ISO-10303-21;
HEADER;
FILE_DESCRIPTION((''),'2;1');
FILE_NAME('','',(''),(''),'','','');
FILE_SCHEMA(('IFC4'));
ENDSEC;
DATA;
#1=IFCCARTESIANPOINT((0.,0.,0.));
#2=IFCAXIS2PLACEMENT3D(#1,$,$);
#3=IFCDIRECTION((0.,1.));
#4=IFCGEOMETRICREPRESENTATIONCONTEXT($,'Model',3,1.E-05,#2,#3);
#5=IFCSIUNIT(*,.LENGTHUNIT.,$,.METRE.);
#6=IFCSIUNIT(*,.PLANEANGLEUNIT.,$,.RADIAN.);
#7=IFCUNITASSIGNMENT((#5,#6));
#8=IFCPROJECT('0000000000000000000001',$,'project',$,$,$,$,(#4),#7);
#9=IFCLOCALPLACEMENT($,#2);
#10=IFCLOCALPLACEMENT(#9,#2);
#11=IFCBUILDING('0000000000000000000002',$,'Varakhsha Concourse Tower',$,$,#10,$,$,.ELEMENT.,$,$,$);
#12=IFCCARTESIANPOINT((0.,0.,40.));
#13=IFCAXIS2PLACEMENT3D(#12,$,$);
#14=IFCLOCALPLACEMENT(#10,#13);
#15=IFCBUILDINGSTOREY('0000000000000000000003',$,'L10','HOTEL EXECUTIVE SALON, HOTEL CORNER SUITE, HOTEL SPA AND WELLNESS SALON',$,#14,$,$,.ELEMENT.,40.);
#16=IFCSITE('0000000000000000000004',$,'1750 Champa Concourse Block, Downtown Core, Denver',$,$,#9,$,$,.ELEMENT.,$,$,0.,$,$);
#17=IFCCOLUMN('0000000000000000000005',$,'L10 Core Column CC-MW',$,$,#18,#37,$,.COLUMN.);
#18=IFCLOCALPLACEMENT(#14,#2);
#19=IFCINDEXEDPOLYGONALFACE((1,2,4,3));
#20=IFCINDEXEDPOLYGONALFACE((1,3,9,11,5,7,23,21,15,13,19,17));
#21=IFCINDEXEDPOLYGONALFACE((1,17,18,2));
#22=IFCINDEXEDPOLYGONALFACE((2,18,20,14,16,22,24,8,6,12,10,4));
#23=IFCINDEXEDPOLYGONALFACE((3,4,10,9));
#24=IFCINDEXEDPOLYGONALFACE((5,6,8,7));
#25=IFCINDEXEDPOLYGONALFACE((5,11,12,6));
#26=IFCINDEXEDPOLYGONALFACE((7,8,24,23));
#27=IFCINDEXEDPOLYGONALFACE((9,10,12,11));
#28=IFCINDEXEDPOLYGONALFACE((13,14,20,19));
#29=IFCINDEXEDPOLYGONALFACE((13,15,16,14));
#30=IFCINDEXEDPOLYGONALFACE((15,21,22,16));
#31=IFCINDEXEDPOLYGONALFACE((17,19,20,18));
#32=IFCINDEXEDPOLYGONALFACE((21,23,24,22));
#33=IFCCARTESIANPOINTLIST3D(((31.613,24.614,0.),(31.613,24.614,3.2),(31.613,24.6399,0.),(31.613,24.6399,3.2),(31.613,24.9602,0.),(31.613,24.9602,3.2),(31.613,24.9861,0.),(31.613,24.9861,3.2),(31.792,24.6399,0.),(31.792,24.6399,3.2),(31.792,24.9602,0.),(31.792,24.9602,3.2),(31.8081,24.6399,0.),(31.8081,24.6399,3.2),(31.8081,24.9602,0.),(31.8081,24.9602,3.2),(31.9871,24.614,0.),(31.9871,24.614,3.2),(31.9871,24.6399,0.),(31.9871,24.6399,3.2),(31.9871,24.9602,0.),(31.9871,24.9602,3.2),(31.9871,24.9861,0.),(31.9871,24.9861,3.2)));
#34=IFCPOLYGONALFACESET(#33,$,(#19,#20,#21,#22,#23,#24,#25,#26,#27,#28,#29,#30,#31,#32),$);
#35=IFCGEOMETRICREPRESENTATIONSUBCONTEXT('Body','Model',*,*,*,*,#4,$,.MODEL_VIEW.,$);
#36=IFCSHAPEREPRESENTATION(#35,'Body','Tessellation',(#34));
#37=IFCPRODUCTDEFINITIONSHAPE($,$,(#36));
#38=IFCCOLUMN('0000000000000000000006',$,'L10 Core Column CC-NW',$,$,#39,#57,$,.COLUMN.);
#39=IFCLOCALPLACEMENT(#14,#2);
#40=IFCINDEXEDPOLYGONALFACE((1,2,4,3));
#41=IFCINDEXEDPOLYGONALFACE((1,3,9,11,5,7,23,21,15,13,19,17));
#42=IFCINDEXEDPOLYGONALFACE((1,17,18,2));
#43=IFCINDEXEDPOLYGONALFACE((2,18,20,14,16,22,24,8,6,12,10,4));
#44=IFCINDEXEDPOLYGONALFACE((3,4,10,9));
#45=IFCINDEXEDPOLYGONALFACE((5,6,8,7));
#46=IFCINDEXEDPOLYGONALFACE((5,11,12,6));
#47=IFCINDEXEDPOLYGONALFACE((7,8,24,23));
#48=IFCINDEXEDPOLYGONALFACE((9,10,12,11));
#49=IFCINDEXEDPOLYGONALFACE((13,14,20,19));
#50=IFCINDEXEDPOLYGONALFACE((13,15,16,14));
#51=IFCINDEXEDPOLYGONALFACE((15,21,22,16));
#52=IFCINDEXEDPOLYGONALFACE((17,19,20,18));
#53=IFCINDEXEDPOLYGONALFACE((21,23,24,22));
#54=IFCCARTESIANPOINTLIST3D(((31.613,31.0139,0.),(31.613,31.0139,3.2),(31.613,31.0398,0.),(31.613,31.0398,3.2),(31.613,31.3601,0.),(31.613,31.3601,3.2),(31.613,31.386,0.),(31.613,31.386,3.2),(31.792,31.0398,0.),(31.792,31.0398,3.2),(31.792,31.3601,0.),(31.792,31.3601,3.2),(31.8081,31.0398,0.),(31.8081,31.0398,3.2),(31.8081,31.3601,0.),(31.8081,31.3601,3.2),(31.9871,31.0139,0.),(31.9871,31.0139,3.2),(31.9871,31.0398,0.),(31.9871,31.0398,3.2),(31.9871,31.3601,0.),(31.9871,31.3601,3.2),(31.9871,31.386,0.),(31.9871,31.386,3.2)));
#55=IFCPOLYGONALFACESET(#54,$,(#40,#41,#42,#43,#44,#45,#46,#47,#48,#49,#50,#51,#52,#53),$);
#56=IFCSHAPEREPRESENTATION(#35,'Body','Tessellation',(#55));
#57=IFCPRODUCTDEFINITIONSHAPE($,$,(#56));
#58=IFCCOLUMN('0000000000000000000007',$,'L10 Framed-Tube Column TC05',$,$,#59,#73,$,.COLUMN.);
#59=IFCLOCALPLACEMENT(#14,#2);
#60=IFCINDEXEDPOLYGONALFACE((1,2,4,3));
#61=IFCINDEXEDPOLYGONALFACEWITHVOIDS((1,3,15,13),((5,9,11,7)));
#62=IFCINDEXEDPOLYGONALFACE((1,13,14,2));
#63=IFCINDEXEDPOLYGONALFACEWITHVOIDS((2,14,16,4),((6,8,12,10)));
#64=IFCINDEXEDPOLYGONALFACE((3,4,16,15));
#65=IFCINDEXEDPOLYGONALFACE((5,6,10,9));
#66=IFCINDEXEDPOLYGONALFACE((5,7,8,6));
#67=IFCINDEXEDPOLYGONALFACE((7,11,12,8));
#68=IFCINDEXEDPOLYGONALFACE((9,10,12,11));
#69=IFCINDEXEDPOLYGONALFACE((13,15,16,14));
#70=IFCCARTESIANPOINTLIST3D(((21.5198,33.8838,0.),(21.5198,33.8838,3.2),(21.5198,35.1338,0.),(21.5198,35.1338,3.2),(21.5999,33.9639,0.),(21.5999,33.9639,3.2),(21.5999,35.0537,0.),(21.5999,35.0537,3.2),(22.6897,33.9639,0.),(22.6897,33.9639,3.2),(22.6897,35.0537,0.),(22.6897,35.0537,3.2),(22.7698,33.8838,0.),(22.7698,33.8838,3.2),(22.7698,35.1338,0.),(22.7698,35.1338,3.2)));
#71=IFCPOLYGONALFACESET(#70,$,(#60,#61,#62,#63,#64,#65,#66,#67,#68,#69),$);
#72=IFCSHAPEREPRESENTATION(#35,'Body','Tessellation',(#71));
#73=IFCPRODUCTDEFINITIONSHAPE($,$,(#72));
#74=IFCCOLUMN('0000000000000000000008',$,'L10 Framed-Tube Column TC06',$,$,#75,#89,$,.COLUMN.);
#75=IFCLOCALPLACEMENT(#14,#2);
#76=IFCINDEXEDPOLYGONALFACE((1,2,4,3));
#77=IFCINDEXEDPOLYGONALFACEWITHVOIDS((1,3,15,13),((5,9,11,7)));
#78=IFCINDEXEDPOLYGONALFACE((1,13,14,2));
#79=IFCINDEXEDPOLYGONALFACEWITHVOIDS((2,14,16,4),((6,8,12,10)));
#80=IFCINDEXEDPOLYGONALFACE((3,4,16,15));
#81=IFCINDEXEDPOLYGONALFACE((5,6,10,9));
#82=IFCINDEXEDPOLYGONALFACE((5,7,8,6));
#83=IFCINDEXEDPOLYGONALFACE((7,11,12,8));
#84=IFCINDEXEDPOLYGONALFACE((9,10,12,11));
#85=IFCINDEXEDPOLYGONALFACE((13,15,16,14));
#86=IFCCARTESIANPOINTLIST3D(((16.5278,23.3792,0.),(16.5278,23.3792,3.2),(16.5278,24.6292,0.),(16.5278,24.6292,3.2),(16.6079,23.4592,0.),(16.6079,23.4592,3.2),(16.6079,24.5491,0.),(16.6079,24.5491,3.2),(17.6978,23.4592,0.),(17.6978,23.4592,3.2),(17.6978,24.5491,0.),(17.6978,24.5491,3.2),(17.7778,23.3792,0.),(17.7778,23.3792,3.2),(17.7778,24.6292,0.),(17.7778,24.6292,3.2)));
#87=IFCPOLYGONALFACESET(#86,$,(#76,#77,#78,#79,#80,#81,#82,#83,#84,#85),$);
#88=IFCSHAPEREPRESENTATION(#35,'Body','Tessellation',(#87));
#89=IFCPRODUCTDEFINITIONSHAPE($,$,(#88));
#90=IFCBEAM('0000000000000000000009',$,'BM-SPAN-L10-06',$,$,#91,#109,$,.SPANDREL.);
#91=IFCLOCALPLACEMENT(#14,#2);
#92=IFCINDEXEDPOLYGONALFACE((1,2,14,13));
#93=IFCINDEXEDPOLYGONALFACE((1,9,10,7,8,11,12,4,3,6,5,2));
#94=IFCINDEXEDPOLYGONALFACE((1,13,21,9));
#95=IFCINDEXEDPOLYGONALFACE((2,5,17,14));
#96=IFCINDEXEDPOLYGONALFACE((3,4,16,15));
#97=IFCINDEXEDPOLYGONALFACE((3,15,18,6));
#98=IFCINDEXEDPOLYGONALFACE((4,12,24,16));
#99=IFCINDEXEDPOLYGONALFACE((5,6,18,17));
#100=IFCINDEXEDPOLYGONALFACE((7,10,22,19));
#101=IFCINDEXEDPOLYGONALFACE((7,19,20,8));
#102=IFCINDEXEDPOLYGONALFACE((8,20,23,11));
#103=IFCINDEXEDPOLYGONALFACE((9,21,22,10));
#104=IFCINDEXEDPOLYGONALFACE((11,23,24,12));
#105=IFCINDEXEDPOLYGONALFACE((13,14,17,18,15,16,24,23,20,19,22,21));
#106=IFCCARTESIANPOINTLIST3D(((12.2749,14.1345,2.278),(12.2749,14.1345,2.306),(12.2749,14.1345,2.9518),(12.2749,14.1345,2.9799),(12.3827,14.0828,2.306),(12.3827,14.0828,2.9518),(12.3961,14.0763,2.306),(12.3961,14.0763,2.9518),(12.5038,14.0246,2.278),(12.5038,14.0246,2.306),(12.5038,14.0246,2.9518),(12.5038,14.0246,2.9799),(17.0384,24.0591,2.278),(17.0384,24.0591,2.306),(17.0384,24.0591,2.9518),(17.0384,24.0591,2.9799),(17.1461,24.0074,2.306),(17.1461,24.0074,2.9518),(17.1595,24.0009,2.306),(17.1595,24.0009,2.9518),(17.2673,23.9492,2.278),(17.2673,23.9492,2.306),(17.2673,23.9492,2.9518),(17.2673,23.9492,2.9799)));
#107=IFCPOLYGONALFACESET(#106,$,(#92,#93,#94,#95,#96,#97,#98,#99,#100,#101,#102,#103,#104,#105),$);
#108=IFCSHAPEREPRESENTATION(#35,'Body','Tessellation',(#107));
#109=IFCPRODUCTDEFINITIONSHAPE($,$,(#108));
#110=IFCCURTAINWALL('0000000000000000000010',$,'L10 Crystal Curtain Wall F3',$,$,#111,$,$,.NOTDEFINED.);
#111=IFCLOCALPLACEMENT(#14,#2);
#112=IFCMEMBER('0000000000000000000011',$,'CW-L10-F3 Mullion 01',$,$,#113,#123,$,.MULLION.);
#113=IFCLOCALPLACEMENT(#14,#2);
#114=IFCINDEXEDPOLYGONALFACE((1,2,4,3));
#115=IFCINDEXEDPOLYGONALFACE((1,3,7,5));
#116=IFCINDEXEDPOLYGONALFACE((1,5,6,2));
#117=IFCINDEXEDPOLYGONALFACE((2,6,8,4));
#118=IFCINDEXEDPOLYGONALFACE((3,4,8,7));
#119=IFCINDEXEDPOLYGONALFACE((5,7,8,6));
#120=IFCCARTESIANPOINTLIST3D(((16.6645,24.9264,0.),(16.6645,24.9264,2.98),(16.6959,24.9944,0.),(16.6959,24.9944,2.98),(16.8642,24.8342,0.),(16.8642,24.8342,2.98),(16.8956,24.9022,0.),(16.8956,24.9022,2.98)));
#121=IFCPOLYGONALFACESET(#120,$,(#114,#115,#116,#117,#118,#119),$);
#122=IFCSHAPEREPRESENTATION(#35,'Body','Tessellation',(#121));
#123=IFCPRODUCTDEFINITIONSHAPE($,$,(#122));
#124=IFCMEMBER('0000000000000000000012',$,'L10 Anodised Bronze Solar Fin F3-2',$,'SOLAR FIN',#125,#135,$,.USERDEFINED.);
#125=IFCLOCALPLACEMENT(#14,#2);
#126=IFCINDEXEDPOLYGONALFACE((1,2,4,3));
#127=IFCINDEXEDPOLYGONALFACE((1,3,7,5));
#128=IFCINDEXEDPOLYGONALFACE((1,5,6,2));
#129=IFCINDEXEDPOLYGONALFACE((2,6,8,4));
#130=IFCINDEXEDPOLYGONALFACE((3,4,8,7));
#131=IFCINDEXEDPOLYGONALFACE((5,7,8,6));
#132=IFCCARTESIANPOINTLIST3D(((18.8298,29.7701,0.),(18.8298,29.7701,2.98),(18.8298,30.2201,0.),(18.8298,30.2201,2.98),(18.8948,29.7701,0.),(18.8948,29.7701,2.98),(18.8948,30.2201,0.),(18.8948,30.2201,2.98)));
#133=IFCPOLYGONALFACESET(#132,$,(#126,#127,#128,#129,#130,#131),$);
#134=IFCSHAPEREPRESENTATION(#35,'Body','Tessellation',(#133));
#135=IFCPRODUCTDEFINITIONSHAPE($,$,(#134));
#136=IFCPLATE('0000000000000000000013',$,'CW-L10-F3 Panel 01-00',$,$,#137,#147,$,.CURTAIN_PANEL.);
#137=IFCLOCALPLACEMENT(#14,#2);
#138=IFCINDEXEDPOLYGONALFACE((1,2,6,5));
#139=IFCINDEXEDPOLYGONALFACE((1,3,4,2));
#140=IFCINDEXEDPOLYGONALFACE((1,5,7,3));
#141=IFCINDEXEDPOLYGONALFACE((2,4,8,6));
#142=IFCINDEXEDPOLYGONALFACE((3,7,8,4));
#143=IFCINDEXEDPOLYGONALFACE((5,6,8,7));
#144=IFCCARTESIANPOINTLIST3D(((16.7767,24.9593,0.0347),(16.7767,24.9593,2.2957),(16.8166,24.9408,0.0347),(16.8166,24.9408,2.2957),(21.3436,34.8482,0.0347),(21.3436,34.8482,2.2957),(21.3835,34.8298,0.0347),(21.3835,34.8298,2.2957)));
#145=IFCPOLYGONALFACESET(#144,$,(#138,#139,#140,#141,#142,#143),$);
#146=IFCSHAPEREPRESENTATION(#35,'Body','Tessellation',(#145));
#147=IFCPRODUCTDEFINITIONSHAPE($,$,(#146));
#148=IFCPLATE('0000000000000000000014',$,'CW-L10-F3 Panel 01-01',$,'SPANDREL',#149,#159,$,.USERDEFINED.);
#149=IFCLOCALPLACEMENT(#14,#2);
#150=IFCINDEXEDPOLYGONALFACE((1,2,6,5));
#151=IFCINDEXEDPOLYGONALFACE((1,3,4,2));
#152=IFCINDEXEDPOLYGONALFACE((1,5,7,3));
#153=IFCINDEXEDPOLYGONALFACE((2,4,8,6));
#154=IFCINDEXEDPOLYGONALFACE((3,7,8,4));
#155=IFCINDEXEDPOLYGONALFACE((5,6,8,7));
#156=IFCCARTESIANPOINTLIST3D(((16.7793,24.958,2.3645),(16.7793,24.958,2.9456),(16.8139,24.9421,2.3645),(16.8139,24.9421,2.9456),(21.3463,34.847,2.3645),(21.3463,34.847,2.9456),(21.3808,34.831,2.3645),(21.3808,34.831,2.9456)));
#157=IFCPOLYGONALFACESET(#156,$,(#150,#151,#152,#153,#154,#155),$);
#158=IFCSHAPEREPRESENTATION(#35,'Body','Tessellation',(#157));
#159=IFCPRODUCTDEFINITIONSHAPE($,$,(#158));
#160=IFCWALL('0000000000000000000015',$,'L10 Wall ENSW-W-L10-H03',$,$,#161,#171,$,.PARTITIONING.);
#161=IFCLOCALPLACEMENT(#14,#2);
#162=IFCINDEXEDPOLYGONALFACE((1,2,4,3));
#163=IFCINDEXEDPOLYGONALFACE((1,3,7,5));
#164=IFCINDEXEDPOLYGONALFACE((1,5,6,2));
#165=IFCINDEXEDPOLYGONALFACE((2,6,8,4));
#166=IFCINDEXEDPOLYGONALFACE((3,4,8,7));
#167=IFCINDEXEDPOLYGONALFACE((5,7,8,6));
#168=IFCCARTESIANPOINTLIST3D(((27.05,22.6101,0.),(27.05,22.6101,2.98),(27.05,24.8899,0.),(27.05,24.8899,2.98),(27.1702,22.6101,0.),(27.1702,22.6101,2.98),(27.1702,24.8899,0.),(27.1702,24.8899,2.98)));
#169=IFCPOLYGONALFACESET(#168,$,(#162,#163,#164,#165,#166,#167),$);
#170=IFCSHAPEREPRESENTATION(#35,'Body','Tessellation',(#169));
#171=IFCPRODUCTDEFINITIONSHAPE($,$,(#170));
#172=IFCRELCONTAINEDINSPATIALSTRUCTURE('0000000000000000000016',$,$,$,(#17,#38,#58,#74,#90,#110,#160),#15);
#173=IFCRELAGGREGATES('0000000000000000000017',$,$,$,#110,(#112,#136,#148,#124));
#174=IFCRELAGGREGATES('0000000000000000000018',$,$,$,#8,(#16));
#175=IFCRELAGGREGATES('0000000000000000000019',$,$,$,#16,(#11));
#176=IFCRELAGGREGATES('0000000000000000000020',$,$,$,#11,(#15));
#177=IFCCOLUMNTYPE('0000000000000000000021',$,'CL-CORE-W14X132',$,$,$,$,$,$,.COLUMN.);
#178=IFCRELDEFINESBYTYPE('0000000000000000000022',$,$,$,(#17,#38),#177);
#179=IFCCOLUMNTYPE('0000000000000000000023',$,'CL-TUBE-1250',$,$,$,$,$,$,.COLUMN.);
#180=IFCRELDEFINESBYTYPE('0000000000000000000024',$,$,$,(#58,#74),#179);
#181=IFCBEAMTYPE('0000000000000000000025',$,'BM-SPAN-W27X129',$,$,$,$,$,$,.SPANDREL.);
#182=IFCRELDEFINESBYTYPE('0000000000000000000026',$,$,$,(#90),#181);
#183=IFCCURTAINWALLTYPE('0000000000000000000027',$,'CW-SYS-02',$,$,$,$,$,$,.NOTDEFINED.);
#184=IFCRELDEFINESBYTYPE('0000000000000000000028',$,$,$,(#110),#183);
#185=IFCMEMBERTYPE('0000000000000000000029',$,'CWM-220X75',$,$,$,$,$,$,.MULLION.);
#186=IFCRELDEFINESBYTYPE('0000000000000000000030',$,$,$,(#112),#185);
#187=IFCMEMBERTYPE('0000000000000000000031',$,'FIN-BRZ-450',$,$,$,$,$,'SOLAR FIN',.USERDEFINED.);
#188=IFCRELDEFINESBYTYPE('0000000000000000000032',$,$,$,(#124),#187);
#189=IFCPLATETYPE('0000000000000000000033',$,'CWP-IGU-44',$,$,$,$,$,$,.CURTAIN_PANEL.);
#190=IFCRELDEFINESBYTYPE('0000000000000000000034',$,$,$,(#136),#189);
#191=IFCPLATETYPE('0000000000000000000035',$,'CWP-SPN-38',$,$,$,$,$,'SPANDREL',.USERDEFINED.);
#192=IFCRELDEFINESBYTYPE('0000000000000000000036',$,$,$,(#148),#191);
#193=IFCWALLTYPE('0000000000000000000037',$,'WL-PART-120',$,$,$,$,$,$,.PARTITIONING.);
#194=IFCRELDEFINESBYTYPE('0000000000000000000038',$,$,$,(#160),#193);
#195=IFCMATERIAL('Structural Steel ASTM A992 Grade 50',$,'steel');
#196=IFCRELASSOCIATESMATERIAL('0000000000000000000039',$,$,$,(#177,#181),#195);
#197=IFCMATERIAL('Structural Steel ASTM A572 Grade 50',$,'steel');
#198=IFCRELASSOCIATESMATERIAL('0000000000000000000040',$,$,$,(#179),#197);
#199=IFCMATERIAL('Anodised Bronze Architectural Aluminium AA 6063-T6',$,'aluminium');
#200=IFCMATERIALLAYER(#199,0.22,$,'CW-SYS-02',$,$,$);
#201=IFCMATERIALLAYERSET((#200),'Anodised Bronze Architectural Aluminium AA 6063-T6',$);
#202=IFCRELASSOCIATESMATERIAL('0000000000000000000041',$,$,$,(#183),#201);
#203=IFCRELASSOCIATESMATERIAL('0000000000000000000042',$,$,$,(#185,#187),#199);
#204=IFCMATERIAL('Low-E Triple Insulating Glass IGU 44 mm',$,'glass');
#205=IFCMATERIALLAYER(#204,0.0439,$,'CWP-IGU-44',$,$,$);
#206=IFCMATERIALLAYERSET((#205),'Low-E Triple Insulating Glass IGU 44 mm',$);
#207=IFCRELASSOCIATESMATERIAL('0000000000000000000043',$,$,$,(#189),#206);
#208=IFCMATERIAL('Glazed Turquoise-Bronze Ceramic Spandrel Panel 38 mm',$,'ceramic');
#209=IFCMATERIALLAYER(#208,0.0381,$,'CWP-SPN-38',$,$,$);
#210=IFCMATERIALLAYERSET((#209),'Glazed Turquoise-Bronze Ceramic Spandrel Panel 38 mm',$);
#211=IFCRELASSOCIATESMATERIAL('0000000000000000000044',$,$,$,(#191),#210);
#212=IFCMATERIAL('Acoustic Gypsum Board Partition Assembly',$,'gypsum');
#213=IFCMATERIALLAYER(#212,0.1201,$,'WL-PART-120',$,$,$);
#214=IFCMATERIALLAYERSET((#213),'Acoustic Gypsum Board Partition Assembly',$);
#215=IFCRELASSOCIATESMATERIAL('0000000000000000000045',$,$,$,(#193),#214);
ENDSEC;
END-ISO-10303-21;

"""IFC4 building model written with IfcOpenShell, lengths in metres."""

from ifc_helpers import new_model, si_unit, direction, frame, frame_2d, origin, origin_2d, place, context, subcontext, project, spatial, rectangle, hollow_rectangle, i_section, extrude, source, transform, mapped, material, layer, layer_set, material_profile, profile_set, type_object, type_shapes, element, aggregate, save


model = new_model("IFC4")

# Units and contexts
model_context = context("Model", 3, precision=1e-05, world=origin(), true_north=direction((0.0, 1.0)))
body_context = subcontext(model_context, "Body", "Model", "MODEL_VIEW")
ifc_project = project(units=[si_unit("LENGTHUNIT", "METRE"), si_unit("PLANEANGLEUNIT", "RADIAN")], contexts=[model_context])

# Site, building, storey
site_placement = place(None, origin())
site = spatial("IfcSite", under=ifc_project, at=site_placement, Name="1750 Champa Concourse Block, Downtown Core, Denver", CompositionType="ELEMENT", RefElevation=0.0)
building_placement = place(site_placement, origin())
building = spatial("IfcBuilding", under=site, at=building_placement, Name="Varakhsha Concourse Tower", CompositionType="ELEMENT")
storey_placement = place(building_placement, frame((0.0, 0.0, 40.0)))
storey = spatial("IfcBuildingStorey", under=building, at=storey_placement, Name="L10", Description="HOTEL EXECUTIVE SALON, HOTEL CORNER SUITE, HOTEL SPA AND WELLNESS SALON", CompositionType="ELEMENT", Elevation=40.0)

# Columns
ifc_material_1 = material(Name="Structural Steel ASTM A992 Grade 50", Category="steel")
ifc_material_profile_1 = material_profile(ifc_material_1, i_section(OverallWidth=0.374, OverallDepth=0.3721, WebThickness=0.0161, FlangeThickness=0.0259, at=origin_2d()), Name="W14X132")
ifc_profile_set_1 = profile_set([ifc_material_profile_1], Name="Structural Steel ASTM A992 Grade 50")
column_type_1 = type_object("IfcColumnType", Name="CL-CORE-W14X132", PredefinedType="COLUMN", material=ifc_profile_set_1)
for number, where, z_axis, x_axis, name in (
    (1, (31.8, 24.8, 0.0), (0.0, 0.0, 1.0), (1.0, 0.0, 0.0), "L10 Core Column CC-MW"),
    (2, (31.8, 31.2, 0.0), (0.0, 0.0, 1.0), (1.0, 0.0, 0.0), "L10 Core Column CC-NW"),
):
    element("IfcColumn", number, at=place(storey_placement, frame(where, z_axis=z_axis, x_axis=x_axis)), inside=storey, type_object=column_type_1, Name=name, PredefinedType="COLUMN", context=body_context, shape_type="SweptSolid", body=[
        extrude(i_section(OverallWidth=0.374, OverallDepth=0.3721, WebThickness=0.0161, FlangeThickness=0.0259, at=origin_2d()), origin(), (0.0, 0.0, 1.0), 3.2),
    ])
ifc_material_2 = material(Name="Structural Steel ASTM A572 Grade 50", Category="steel")
ifc_material_profile_2 = material_profile(ifc_material_2, hollow_rectangle(XDim=1.25, YDim=1.25, WallThickness=0.0801, at=origin_2d()), Name="BOX 1250x1250x80")
ifc_profile_set_2 = profile_set([ifc_material_profile_2], Name="Structural Steel ASTM A572 Grade 50")
column_type_2 = type_object("IfcColumnType", Name="CL-TUBE-1250", PredefinedType="COLUMN", material=ifc_profile_set_2)
for number, where, z_axis, x_axis, name in (
    (3, (22.1448, 34.5088, 0.0), (0.0, 0.0, 1.0), (1.0, 0.0, 0.0), "L10 Framed-Tube Column TC05"),
    (4, (17.1528, 24.0042, 0.0), (0.0, 0.0, 1.0), (1.0, 0.0, 0.0), "L10 Framed-Tube Column TC06"),
):
    element("IfcColumn", number, at=place(storey_placement, frame(where, z_axis=z_axis, x_axis=x_axis)), inside=storey, type_object=column_type_2, Name=name, PredefinedType="COLUMN", context=body_context, shape_type="SweptSolid", body=[
        extrude(hollow_rectangle(XDim=1.25, YDim=1.25, WallThickness=0.0801, at=origin_2d()), origin(), (0.0, 0.0, 1.0), 3.2),
    ])

# Beam
ifc_material_profile_3 = material_profile(ifc_material_1, i_section(OverallWidth=0.2539, OverallDepth=0.7019, WebThickness=0.0149, FlangeThickness=0.0281, at=origin_2d()), Name="W27X129")
ifc_profile_set_3 = profile_set([ifc_material_profile_3], Name="Structural Steel ASTM A992 Grade 50")
beam_type = type_object("IfcBeamType", Name="BM-SPAN-W27X129", PredefinedType="SPANDREL", material=ifc_profile_set_3)
beam_placement = place(storey_placement, frame((17.1528, 24.0042, 2.6289), z_axis=(-0.432704, -0.901536, 0.0), x_axis=(0.901536, -0.432704, 0.0)))
element("IfcBeam", 5, at=beam_placement, inside=storey, type_object=beam_type, Name="BM-SPAN-L10-06", PredefinedType="SPANDREL", context=body_context, shape_type="SweptSolid", body=[
    extrude(i_section(OverallWidth=0.2539, OverallDepth=0.7019, WebThickness=0.0149, FlangeThickness=0.0281, at=origin_2d()), origin(), (0.0, 0.0, 1.0), 11.0085),
])

# Curtain wall, members, plates
ifc_material_3 = material(Name="Anodised Bronze Architectural Aluminium AA 6063-T6", Category="aluminium")
ifc_layer_1 = layer(ifc_material_3, 0.22, Name="CW-SYS-02")
ifc_layer_set_1 = layer_set([ifc_layer_1], Name="Anodised Bronze Architectural Aluminium AA 6063-T6")
curtain_wall_type = type_object("IfcCurtainWallType", Name="CW-SYS-02", PredefinedType="NOTDEFINED", material=ifc_layer_set_1)
curtain_wall_placement = place(storey_placement, origin())
curtain_wall = element("IfcCurtainWall", 6, at=curtain_wall_placement, inside=storey, type_object=curtain_wall_type, Name="L10 Crystal Curtain Wall F3", PredefinedType="NOTDEFINED")
ifc_material_profile_4 = material_profile(ifc_material_3, rectangle(XDim=0.075, YDim=0.22, at=origin_2d()), Name="CWM-220X75")
ifc_profile_set_4 = profile_set([ifc_material_profile_4], Name="Anodised Bronze Architectural Aluminium AA 6063-T6")
member_type_1 = type_object("IfcMemberType", Name="CWM-220X75", PredefinedType="MULLION", material=ifc_profile_set_4)
shared_shape_1 = source(origin(), body_context, "Body", "SweptSolid", [
    extrude(rectangle(XDim=0.075, YDim=0.22, at=origin_2d()), origin(), (0.0, 0.0, 1.0), 2.98),
])
type_shapes(member_type_1, [shared_shape_1])
member_1_placement = place(storey_placement, frame((16.78, 24.9143, 0.0), z_axis=(0.0, 0.0, 1.0), x_axis=(0.41927, 0.907862, 0.0)))
member_1 = element("IfcMember", 7, at=member_1_placement, type_object=member_type_1, Name="CW-L10-F3 Mullion 01", PredefinedType="MULLION", context=body_context, shape_type="MappedRepresentation", body=[
    mapped(shared_shape_1, transform((0.0, 0.0, 0.0), scale=1.0)),
])
ifc_material_profile_5 = material_profile(ifc_material_3, rectangle(XDim=0.0649, YDim=0.45, at=origin_2d()), Name="FIN-BRZ-450")
ifc_profile_set_5 = profile_set([ifc_material_profile_5], Name="Anodised Bronze Architectural Aluminium AA 6063-T6")
member_type_2 = type_object("IfcMemberType", Name="FIN-BRZ-450", ElementType="SOLAR FIN", PredefinedType="USERDEFINED", material=ifc_profile_set_5)
shared_shape_2 = source(origin(), body_context, "Body", "SweptSolid", [
    extrude(rectangle(XDim=0.0649, YDim=0.45, at=origin_2d()), origin(), (0.0, 0.0, 1.0), 2.98),
])
type_shapes(member_type_2, [shared_shape_2])
member_2_placement = place(storey_placement, frame((18.8623, 29.9951, 0.0), z_axis=(0.0, 0.0, 1.0), x_axis=(1.0, 0.0, 0.0)))
member_2 = element("IfcMember", 8, at=member_2_placement, type_object=member_type_2, Name="L10 Anodised Bronze Solar Fin F3-2", ObjectType="SOLAR FIN", PredefinedType="USERDEFINED", context=body_context, shape_type="MappedRepresentation", body=[
    mapped(shared_shape_2, transform((0.0, 0.0, 0.0), scale=1.0)),
])
ifc_material_4 = material(Name="Low-E Triple Insulating Glass IGU 44 mm", Category="glass")
ifc_layer_2 = layer(ifc_material_4, 0.0439, Name="CWP-IGU-44")
ifc_layer_set_2 = layer_set([ifc_layer_2], Name="Low-E Triple Insulating Glass IGU 44 mm")
plate_type_1 = type_object("IfcPlateType", Name="CWP-IGU-44", PredefinedType="CURTAIN_PANEL", material=ifc_layer_set_2)
shared_shape_3 = source(origin(), body_context, "Body", "SweptSolid", [
    extrude(rectangle(XDim=10.8926, YDim=0.0439, at=origin_2d()), origin(), (0.0, 0.0, 1.0), 2.261),
])
type_shapes(plate_type_1, [shared_shape_3])
plate_1_placement = place(storey_placement, frame((19.0801, 29.8945, 0.0347), z_axis=(0.0, 0.0, 1.0), x_axis=(0.41927, 0.907862, 0.0)))
plate_1 = element("IfcPlate", 9, at=plate_1_placement, type_object=plate_type_1, Name="CW-L10-F3 Panel 01-00", PredefinedType="CURTAIN_PANEL", context=body_context, shape_type="MappedRepresentation", body=[
    mapped(shared_shape_3, transform((0.0, 0.0, 0.0), scale=1.0)),
])
ifc_material_5 = material(Name="Glazed Turquoise-Bronze Ceramic Spandrel Panel 38 mm", Category="ceramic")
ifc_layer_3 = layer(ifc_material_5, 0.0381, Name="CWP-SPN-38")
ifc_layer_set_3 = layer_set([ifc_layer_3], Name="Glazed Turquoise-Bronze Ceramic Spandrel Panel 38 mm")
plate_type_2 = type_object("IfcPlateType", Name="CWP-SPN-38", ElementType="SPANDREL", PredefinedType="USERDEFINED", material=ifc_layer_set_3)
shared_shape_4 = source(origin(), body_context, "Body", "SweptSolid", [
    extrude(rectangle(XDim=10.8926, YDim=0.0381, at=origin_2d()), origin(), (0.0, 0.0, 1.0), 0.5811),
])
type_shapes(plate_type_2, [shared_shape_4])
plate_2_placement = place(storey_placement, frame((19.0801, 29.8945, 2.3645), z_axis=(0.0, 0.0, 1.0), x_axis=(0.41927, 0.907862, 0.0)))
plate_2 = element("IfcPlate", 10, at=plate_2_placement, type_object=plate_type_2, Name="CW-L10-F3 Panel 01-01", ObjectType="SPANDREL", PredefinedType="USERDEFINED", context=body_context, shape_type="MappedRepresentation", body=[
    mapped(shared_shape_4, transform((0.0, 0.0, 0.0), scale=1.0)),
])
aggregate(curtain_wall, [member_1, plate_1, plate_2, member_2])

# Wall
ifc_material_6 = material(Name="Acoustic Gypsum Board Partition Assembly", Category="gypsum")
ifc_layer_4 = layer(ifc_material_6, 0.1201, Name="WL-PART-120")
ifc_layer_set_4 = layer_set([ifc_layer_4], Name="Acoustic Gypsum Board Partition Assembly")
wall_type_1 = type_object("IfcWallType", Name="WL-PART-120", PredefinedType="PARTITIONING", material=ifc_layer_set_4)
wall_1_placement = place(storey_placement, frame((27.1101, 22.6101, 0.0), z_axis=(0.0, 0.0, 1.0), x_axis=(0.0, 1.0, 0.0)))
element("IfcWall", 11, at=wall_1_placement, inside=storey, type_object=wall_type_1, Name="L10 Wall ENSW-W-L10-H03", PredefinedType="PARTITIONING", context=body_context, shape_type="SweptSolid", body=[
    extrude(rectangle(XDim=2.2798, YDim=0.1201, at=frame_2d((1.1399, 0.0))), origin(), (0.0, 0.0, 1.0), 2.98),
])

save(model, "model.ifc")
